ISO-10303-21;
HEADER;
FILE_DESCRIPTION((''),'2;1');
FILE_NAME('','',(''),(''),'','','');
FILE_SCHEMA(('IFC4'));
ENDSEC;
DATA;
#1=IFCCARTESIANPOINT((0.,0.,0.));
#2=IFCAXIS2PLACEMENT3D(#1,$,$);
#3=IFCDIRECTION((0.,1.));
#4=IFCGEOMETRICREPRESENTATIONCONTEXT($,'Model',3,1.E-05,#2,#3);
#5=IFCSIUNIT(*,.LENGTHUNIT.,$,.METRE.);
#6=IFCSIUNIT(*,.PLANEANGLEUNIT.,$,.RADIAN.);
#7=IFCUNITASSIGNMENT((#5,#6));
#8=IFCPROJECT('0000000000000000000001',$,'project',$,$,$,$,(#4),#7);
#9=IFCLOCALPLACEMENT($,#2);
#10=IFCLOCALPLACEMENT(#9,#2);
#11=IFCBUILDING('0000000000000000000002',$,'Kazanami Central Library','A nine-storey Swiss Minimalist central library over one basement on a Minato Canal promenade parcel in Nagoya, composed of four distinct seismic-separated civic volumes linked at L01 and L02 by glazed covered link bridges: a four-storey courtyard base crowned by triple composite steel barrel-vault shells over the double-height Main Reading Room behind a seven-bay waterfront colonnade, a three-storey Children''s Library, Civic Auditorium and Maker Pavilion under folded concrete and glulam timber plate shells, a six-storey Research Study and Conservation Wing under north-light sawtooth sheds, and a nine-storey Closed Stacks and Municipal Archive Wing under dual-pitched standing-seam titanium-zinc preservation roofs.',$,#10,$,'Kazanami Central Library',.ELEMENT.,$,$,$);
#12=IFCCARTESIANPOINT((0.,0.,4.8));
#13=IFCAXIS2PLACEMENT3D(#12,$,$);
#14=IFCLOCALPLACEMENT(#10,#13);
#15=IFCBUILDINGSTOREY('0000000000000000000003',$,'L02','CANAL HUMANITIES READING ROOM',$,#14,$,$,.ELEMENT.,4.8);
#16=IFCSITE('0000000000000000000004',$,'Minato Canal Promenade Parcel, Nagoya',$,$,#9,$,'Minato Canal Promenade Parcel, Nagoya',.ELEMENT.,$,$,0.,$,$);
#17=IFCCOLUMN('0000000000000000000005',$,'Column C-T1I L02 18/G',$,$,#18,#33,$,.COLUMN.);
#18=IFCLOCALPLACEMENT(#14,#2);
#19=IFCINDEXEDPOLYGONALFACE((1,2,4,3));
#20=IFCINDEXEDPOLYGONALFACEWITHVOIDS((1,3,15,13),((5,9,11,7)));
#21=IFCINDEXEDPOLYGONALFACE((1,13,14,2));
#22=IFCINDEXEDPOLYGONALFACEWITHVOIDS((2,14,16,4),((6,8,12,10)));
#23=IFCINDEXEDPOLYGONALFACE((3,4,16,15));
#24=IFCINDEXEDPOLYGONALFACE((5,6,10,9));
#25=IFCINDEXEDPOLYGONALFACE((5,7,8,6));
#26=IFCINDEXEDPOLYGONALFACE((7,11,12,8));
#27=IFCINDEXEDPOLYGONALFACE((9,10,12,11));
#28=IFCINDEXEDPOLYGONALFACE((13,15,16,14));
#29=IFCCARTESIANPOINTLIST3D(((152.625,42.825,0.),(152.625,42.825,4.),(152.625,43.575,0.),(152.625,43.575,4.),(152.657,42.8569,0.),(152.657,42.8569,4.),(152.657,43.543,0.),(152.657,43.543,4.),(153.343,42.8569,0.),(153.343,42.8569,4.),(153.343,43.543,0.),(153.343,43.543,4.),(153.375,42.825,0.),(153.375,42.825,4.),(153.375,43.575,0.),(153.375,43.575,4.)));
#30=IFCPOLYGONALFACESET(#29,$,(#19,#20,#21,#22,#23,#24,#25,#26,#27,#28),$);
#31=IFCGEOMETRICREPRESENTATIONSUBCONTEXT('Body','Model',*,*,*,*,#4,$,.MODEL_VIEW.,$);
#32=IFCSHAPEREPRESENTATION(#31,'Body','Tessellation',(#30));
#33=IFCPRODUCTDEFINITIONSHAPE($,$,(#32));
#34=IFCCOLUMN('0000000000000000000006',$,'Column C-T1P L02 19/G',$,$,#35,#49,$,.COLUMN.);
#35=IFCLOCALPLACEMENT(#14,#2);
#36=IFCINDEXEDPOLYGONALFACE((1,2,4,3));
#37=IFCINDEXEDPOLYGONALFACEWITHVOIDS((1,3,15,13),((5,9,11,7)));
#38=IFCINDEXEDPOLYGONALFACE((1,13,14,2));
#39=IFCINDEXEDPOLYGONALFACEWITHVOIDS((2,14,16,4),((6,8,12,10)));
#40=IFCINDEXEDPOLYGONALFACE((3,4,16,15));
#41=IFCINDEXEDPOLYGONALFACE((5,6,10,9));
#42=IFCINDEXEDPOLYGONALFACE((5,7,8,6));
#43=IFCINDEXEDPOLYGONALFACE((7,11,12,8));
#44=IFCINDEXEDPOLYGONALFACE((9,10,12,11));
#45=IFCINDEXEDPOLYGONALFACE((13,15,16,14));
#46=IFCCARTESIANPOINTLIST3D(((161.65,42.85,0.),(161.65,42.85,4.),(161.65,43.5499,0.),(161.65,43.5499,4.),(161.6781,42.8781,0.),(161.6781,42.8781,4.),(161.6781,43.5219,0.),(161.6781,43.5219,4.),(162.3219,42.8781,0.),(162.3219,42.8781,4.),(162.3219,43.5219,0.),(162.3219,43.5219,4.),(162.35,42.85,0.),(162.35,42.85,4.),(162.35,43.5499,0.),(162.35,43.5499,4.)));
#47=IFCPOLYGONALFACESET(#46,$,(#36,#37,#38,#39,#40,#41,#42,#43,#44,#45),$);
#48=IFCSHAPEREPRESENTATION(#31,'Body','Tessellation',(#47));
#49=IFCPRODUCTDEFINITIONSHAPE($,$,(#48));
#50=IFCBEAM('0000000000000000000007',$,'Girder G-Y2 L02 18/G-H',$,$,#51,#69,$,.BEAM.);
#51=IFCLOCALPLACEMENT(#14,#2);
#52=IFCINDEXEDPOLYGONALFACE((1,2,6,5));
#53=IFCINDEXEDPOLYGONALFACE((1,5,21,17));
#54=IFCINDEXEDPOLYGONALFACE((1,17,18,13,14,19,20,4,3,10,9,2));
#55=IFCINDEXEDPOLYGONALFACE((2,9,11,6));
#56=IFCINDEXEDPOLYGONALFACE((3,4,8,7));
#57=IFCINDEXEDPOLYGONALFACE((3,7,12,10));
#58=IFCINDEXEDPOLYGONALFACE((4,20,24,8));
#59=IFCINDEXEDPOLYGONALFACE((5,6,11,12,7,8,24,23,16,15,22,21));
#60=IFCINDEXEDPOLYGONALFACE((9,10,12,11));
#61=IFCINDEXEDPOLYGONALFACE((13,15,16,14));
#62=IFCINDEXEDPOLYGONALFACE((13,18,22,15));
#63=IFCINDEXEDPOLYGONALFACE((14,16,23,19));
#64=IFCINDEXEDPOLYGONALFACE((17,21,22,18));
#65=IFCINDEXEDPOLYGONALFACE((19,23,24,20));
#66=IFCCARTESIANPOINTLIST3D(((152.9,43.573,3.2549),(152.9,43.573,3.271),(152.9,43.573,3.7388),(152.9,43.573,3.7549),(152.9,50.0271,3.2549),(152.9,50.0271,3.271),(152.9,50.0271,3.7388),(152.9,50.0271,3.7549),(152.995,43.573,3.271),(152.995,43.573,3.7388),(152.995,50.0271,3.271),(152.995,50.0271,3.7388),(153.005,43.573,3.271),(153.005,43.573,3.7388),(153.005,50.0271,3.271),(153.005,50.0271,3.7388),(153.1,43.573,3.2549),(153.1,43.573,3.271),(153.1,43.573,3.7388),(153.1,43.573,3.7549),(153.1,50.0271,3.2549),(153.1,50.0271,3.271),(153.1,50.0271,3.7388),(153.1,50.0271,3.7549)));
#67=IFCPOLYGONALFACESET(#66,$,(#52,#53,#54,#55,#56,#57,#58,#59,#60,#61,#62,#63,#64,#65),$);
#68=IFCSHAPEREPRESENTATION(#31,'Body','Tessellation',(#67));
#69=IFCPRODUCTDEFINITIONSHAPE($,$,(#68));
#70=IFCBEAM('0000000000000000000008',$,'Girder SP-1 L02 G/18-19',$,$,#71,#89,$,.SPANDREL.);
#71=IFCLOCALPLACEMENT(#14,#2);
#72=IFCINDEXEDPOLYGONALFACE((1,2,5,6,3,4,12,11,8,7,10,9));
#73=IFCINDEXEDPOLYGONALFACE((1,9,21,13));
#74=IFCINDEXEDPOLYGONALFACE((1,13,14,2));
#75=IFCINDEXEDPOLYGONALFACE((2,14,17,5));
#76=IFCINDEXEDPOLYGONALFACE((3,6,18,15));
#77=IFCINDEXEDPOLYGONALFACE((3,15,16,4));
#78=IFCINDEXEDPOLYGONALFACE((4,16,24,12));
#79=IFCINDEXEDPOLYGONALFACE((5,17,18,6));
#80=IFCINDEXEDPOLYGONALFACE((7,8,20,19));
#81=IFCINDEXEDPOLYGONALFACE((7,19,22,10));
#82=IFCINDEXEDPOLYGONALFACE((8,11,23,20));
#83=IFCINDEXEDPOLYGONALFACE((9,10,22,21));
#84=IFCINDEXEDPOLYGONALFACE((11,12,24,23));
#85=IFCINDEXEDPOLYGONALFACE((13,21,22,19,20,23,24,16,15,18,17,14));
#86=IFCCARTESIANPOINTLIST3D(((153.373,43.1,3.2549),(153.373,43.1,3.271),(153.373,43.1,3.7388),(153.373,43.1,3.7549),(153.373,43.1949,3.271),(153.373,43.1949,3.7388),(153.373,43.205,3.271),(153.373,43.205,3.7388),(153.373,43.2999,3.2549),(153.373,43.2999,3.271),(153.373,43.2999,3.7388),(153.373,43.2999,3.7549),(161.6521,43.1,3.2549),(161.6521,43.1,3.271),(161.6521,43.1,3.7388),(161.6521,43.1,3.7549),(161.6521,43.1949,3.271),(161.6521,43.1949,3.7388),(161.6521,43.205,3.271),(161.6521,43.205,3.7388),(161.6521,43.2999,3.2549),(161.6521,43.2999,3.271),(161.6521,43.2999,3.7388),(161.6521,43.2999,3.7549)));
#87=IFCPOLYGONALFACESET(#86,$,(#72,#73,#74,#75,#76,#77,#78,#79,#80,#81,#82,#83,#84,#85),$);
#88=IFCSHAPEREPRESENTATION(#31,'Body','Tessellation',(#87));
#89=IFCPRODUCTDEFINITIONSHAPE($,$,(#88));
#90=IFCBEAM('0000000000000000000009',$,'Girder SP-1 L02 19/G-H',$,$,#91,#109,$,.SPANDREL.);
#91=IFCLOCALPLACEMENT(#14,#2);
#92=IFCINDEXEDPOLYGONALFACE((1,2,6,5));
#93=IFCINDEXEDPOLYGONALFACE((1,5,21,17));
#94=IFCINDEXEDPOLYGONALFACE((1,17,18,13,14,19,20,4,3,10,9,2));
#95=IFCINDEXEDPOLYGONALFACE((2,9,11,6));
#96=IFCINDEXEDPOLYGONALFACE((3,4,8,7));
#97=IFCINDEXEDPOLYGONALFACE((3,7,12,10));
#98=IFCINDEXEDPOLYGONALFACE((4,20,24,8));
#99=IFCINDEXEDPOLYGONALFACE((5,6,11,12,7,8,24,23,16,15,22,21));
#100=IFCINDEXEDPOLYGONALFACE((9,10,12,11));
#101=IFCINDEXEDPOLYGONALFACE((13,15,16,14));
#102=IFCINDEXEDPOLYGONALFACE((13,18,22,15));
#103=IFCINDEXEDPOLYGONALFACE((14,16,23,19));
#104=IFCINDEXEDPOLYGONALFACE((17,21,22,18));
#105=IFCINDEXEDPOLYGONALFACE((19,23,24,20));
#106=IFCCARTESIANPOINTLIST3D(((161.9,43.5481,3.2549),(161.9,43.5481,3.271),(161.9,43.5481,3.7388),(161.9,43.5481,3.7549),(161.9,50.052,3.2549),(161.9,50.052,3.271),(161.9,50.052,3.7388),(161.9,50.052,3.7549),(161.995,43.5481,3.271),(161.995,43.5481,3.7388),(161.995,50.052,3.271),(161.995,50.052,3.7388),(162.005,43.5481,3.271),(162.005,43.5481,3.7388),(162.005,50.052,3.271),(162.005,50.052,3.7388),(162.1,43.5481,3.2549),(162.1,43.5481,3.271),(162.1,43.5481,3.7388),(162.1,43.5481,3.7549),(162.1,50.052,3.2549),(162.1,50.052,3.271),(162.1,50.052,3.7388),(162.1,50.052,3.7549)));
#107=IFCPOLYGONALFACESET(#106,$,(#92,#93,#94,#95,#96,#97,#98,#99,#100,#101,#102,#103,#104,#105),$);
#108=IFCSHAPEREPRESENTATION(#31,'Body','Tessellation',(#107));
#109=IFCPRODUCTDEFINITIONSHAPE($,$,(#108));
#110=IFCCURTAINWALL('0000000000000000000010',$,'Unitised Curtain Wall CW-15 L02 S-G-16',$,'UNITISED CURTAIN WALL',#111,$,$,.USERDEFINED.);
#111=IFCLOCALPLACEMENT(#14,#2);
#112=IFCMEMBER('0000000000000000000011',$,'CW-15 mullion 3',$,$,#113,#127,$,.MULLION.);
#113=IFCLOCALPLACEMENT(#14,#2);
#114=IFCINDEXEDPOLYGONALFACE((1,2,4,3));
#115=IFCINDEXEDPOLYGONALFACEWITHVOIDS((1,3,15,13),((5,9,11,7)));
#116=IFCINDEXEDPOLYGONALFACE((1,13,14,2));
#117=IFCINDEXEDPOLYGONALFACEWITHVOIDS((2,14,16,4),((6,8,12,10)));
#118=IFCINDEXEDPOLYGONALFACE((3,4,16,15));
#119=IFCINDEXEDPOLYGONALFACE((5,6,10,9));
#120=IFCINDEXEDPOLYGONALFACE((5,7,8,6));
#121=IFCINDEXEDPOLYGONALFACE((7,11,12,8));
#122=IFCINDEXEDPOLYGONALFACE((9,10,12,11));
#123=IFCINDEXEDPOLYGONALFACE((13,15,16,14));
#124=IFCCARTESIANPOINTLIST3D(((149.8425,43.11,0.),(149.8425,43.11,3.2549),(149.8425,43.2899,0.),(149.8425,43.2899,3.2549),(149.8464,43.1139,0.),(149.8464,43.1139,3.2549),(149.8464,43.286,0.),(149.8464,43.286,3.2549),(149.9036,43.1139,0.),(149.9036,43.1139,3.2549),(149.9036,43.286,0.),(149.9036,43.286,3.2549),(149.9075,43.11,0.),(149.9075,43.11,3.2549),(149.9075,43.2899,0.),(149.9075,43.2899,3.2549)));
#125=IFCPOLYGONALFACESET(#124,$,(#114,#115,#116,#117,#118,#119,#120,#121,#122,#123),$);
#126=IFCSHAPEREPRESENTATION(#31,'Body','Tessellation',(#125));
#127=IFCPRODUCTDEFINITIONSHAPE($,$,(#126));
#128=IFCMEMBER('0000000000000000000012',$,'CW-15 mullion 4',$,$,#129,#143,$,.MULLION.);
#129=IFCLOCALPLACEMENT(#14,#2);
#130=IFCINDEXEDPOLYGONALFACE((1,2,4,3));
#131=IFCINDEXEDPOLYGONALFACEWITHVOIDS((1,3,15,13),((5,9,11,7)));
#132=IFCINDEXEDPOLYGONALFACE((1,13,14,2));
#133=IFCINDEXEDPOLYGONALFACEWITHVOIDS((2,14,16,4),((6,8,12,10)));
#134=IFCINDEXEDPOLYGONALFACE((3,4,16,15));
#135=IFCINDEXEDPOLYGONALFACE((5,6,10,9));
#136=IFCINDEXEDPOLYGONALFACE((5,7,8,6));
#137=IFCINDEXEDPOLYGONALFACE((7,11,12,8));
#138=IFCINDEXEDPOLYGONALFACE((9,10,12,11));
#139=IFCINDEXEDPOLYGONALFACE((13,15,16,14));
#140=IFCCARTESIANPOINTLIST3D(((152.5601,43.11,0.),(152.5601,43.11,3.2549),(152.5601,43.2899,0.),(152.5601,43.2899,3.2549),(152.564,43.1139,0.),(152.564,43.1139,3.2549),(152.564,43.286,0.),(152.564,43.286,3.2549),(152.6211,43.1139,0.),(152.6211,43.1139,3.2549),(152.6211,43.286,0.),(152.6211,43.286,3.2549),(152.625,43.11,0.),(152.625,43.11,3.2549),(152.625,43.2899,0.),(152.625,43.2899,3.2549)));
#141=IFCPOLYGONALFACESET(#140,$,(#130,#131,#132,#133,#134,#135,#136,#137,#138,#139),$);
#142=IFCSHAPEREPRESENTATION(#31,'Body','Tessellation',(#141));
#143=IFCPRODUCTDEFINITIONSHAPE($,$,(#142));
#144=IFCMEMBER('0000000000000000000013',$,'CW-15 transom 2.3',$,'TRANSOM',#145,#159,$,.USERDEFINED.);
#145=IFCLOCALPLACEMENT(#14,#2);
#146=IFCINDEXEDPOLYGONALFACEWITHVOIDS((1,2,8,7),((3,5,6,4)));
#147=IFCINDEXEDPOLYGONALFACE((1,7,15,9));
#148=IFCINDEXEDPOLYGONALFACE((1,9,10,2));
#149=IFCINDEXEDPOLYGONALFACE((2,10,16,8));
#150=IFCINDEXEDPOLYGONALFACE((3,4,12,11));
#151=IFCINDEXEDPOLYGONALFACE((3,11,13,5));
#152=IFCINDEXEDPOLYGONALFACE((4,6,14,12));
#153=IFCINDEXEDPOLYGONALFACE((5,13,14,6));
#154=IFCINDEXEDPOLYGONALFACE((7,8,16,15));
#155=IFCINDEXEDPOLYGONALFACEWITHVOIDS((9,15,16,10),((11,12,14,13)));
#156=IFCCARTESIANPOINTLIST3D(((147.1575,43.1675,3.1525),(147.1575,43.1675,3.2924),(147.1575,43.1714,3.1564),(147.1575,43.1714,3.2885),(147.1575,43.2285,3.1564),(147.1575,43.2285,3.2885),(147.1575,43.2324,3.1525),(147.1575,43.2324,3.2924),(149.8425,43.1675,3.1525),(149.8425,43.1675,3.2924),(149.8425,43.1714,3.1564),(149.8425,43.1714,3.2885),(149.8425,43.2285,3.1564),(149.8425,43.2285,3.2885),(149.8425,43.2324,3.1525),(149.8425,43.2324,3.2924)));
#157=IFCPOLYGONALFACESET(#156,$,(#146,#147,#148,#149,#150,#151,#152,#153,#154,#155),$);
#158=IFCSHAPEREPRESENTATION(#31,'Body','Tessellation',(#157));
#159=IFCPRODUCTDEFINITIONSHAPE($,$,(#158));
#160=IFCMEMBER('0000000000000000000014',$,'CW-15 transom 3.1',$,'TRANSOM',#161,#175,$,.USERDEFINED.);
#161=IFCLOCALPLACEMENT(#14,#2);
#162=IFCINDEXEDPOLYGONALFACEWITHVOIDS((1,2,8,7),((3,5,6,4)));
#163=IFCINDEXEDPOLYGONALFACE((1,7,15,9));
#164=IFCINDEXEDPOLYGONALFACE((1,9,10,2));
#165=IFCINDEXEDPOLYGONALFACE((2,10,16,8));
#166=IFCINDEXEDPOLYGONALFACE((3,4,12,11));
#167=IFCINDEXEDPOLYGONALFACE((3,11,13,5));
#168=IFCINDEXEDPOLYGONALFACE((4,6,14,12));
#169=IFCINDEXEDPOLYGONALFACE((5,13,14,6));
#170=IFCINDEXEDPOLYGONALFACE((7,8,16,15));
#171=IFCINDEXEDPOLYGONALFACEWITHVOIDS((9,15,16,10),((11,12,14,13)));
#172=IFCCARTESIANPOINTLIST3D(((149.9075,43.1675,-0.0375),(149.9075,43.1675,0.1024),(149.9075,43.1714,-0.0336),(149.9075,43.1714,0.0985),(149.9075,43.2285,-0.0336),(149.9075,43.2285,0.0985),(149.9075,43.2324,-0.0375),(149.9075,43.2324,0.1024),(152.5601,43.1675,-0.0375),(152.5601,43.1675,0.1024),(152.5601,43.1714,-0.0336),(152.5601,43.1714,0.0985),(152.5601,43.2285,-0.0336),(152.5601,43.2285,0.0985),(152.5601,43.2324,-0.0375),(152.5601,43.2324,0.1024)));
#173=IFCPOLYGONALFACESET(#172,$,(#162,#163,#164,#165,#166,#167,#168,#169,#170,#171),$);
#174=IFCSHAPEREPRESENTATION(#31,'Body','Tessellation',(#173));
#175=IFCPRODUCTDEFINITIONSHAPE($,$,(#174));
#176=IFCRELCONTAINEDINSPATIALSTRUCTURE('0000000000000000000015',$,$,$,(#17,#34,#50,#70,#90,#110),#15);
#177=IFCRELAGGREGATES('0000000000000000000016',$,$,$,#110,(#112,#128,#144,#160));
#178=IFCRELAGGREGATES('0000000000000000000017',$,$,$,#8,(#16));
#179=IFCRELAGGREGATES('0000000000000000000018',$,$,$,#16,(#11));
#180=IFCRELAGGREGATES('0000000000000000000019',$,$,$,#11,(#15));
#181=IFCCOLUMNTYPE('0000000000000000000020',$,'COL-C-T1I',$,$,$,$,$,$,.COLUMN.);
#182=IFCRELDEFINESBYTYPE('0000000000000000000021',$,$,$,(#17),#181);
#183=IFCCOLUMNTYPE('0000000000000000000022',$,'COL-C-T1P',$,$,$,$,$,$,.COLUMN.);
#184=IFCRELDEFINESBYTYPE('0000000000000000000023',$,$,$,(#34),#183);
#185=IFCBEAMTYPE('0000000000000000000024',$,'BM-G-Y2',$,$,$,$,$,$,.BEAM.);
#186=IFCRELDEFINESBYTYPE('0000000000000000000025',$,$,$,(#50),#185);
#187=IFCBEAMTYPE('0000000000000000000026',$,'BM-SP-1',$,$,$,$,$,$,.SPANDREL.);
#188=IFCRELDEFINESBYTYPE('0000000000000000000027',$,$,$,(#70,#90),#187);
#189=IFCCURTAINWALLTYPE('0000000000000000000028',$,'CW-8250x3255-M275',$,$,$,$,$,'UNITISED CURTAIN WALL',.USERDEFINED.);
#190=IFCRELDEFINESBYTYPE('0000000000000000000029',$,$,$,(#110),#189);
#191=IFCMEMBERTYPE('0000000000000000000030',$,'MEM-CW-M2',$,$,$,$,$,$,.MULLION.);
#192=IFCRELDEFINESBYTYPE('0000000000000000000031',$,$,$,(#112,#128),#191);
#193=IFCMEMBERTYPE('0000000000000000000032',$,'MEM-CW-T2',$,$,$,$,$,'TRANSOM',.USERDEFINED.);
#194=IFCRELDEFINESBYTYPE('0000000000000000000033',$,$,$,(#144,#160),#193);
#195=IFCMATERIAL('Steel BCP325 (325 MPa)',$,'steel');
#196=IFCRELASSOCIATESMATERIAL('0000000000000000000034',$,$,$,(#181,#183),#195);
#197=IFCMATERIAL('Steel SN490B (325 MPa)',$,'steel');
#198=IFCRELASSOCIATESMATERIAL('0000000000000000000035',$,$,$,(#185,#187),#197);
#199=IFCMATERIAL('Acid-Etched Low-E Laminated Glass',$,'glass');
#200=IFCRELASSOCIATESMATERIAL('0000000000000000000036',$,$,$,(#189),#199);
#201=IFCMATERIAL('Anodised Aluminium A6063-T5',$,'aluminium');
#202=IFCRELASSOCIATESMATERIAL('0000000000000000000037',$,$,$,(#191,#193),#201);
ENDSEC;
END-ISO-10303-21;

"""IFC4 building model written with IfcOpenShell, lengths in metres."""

from ifc_helpers import new_model, si_unit, direction, frame, origin, origin_2d, place, context, subcontext, project, spatial, hollow_rectangle, i_section, extrude, material, material_profile, profile_set, type_object, element, aggregate, save


model = new_model("IFC4")

# Units and contexts
model_context = context("Model", 3, precision=1e-05, world=origin(), true_north=direction((0.0, 1.0)))
body_context = subcontext(model_context, "Body", "Model", "MODEL_VIEW")
ifc_project = project(units=[si_unit("LENGTHUNIT", "METRE"), si_unit("PLANEANGLEUNIT", "RADIAN")], contexts=[model_context])

# Site, building, storey
site_placement = place(None, origin())
site = spatial("IfcSite", under=ifc_project, at=site_placement, Name="Minato Canal Promenade Parcel, Nagoya", LongName="Minato Canal Promenade Parcel, Nagoya", CompositionType="ELEMENT", RefElevation=0.0)
building_placement = place(site_placement, origin())
building = spatial("IfcBuilding", under=site, at=building_placement, Name="Kazanami Central Library", Description="A nine-storey Swiss Minimalist central library over one basement on a Minato Canal promenade parcel in Nagoya, composed of four distinct seismic-separated civic volumes linked at L01 and L02 by glazed covered link bridges: a four-storey courtyard base crowned by triple composite steel barrel-vault shells over the double-height Main Reading Room behind a seven-bay waterfront colonnade, a three-storey Children's Library, Civic Auditorium and Maker Pavilion under folded concrete and glulam timber plate shells, a six-storey Research Study and Conservation Wing under north-light sawtooth sheds, and a nine-storey Closed Stacks and Municipal Archive Wing under dual-pitched standing-seam titanium-zinc preservation roofs.", LongName="Kazanami Central Library", CompositionType="ELEMENT")
storey_placement = place(building_placement, frame((0.0, 0.0, 4.8)))
storey = spatial("IfcBuildingStorey", under=building, at=storey_placement, Name="L02", Description="CANAL HUMANITIES READING ROOM", CompositionType="ELEMENT", Elevation=4.8)

# Columns
ifc_material_1 = material(Name="Steel BCP325 (325 MPa)", Category="steel")
ifc_material_profile_1 = material_profile(ifc_material_1, hollow_rectangle(XDim=0.75, YDim=0.75, WallThickness=0.032, at=origin_2d()), Name="BCP-750x750x32")
ifc_profile_set_1 = profile_set([ifc_material_profile_1], Name="Steel BCP325 (325 MPa)")
column_type_1 = type_object("IfcColumnType", Name="COL-C-T1I", PredefinedType="COLUMN", material=ifc_profile_set_1)
column_1_placement = place(storey_placement, frame((153.0, 43.2, 0.0), z_axis=(0.0, 0.0, 1.0), x_axis=(1.0, 0.0, 0.0)))
element("IfcColumn", 1, at=column_1_placement, inside=storey, type_object=column_type_1, Name="Column C-T1I L02 18/G", PredefinedType="COLUMN", context=body_context, shape_type="SweptSolid", body=[
    extrude(hollow_rectangle(XDim=0.75, YDim=0.75, WallThickness=0.032, at=origin_2d()), origin(), (0.0, 0.0, 1.0), 4.0),
])
ifc_material_profile_2 = material_profile(ifc_material_1, hollow_rectangle(XDim=0.7, YDim=0.7, WallThickness=0.0281, at=origin_2d()), Name="BCP-700x700x28")
ifc_profile_set_2 = profile_set([ifc_material_profile_2], Name="Steel BCP325 (325 MPa)")
column_type_2 = type_object("IfcColumnType", Name="COL-C-T1P", PredefinedType="COLUMN", material=ifc_profile_set_2)
column_2_placement = place(storey_placement, frame((162.0, 43.2, 0.0), z_axis=(0.0, 0.0, 1.0), x_axis=(1.0, 0.0, 0.0)))
element("IfcColumn", 2, at=column_2_placement, inside=storey, type_object=column_type_2, Name="Column C-T1P L02 19/G", PredefinedType="COLUMN", context=body_context, shape_type="SweptSolid", body=[
    extrude(hollow_rectangle(XDim=0.7, YDim=0.7, WallThickness=0.0281, at=origin_2d()), origin(), (0.0, 0.0, 1.0), 4.0),
])

# Beams
ifc_material_2 = material(Name="Steel SN490B (325 MPa)", Category="steel")
ifc_material_profile_3 = material_profile(ifc_material_2, i_section(OverallWidth=0.2, OverallDepth=0.5, WebThickness=0.01, FlangeThickness=0.0161, at=origin_2d()), Name="H-500x200x10x16")
ifc_profile_set_3 = profile_set([ifc_material_profile_3], Name="Steel SN490B (325 MPa)")
beam_type_1 = type_object("IfcBeamType", Name="BM-G-Y2", PredefinedType="BEAM", material=ifc_profile_set_3)
beam_1_placement = place(storey_placement, frame((153.0, 43.573, 3.5049), z_axis=(0.0, 1.0, 0.0), x_axis=(-1.0, 0.0, 0.0)))
element("IfcBeam", 3, at=beam_1_placement, inside=storey, type_object=beam_type_1, Name="Girder G-Y2 L02 18/G-H", PredefinedType="BEAM", context=body_context, shape_type="SweptSolid", body=[
    extrude(i_section(OverallWidth=0.2, OverallDepth=0.5, WebThickness=0.01, FlangeThickness=0.0161, at=origin_2d()), origin(), (0.0, 0.0, 1.0), 6.4541),
])
ifc_material_profile_4 = material_profile(ifc_material_2, i_section(OverallWidth=0.2, OverallDepth=0.5, WebThickness=0.01, FlangeThickness=0.0161, at=origin_2d()), Name="H-500x200x10x16")
ifc_profile_set_4 = profile_set([ifc_material_profile_4], Name="Steel SN490B (325 MPa)")
beam_type_2 = type_object("IfcBeamType", Name="BM-SP-1", PredefinedType="SPANDREL", material=ifc_profile_set_4)
beam_2_placement = place(storey_placement, frame((153.373, 43.2, 3.5049), z_axis=(1.0, 0.0, 0.0), x_axis=(0.0, 1.0, 0.0)))
element("IfcBeam", 4, at=beam_2_placement, inside=storey, type_object=beam_type_2, Name="Girder SP-1 L02 G/18-19", PredefinedType="SPANDREL", context=body_context, shape_type="SweptSolid", body=[
    extrude(i_section(OverallWidth=0.2, OverallDepth=0.5, WebThickness=0.01, FlangeThickness=0.0161, at=origin_2d()), origin(), (0.0, 0.0, 1.0), 8.2791),
])
beam_3_placement = place(storey_placement, frame((162.0, 43.5481, 3.5049), z_axis=(0.0, 1.0, 0.0), x_axis=(-1.0, 0.0, 0.0)))
element("IfcBeam", 5, at=beam_3_placement, inside=storey, type_object=beam_type_2, Name="Girder SP-1 L02 19/G-H", PredefinedType="SPANDREL", context=body_context, shape_type="SweptSolid", body=[
    extrude(i_section(OverallWidth=0.2, OverallDepth=0.5, WebThickness=0.01, FlangeThickness=0.0161, at=origin_2d()), origin(), (0.0, 0.0, 1.0), 6.5039),
])

# Curtain wall, members
ifc_material_3 = material(Name="Acid-Etched Low-E Laminated Glass", Category="glass")
curtain_wall_type = type_object("IfcCurtainWallType", Name="CW-8250x3255-M275", ElementType="UNITISED CURTAIN WALL", PredefinedType="USERDEFINED", material=ifc_material_3)
curtain_wall_placement = place(storey_placement, origin())
curtain_wall = element("IfcCurtainWall", 6, at=curtain_wall_placement, inside=storey, type_object=curtain_wall_type, Name="Unitised Curtain Wall CW-15 L02 S-G-16", ObjectType="UNITISED CURTAIN WALL", PredefinedType="USERDEFINED")
ifc_material_4 = material(Name="Anodised Aluminium A6063-T5", Category="aluminium")
ifc_material_profile_5 = material_profile(ifc_material_4, hollow_rectangle(XDim=0.0649, YDim=0.1799, WallThickness=0.0039, at=origin_2d()), Name="ALU-MULL-65x180x4")
ifc_profile_set_5 = profile_set([ifc_material_profile_5], Name="Anodised Aluminium A6063-T5")
member_type_1 = type_object("IfcMemberType", Name="MEM-CW-M2", PredefinedType="MULLION", material=ifc_profile_set_5)
member_1_placement = place(storey_placement, frame((149.875, 43.2, 0.0), z_axis=(0.0, 0.0, 1.0), x_axis=(1.0, 0.0, 0.0)))
member_1 = element("IfcMember", 7, at=member_1_placement, type_object=member_type_1, Name="CW-15 mullion 3", PredefinedType="MULLION", context=body_context, shape_type="SweptSolid", body=[
    extrude(hollow_rectangle(XDim=0.0649, YDim=0.1799, WallThickness=0.0039, at=origin_2d()), origin(), (0.0, 0.0, 1.0), 3.2549),
])
member_2_placement = place(storey_placement, frame((152.5925, 43.2, 0.0), z_axis=(0.0, 0.0, 1.0), x_axis=(1.0, 0.0, 0.0)))
member_2 = element("IfcMember", 8, at=member_2_placement, type_object=member_type_1, Name="CW-15 mullion 4", PredefinedType="MULLION", context=body_context, shape_type="SweptSolid", body=[
    extrude(hollow_rectangle(XDim=0.0649, YDim=0.1799, WallThickness=0.0039, at=origin_2d()), origin(), (0.0, 0.0, 1.0), 3.2549),
])
ifc_material_profile_6 = material_profile(ifc_material_4, hollow_rectangle(XDim=0.0649, YDim=0.1399, WallThickness=0.0039, at=origin_2d()), Name="ALU-TRAN-65x140x4")
ifc_profile_set_6 = profile_set([ifc_material_profile_6], Name="Anodised Aluminium A6063-T5")
member_type_2 = type_object("IfcMemberType", Name="MEM-CW-T2", ElementType="TRANSOM", PredefinedType="USERDEFINED", material=ifc_profile_set_6)
member_3_placement = place(storey_placement, frame((147.1575, 43.2, 3.2224), z_axis=(1.0, 0.0, 0.0), x_axis=(0.0, 1.0, 0.0)))
member_3 = element("IfcMember", 9, at=member_3_placement, type_object=member_type_2, Name="CW-15 transom 2.3", ObjectType="TRANSOM", PredefinedType="USERDEFINED", context=body_context, shape_type="SweptSolid", body=[
    extrude(hollow_rectangle(XDim=0.0649, YDim=0.1399, WallThickness=0.0039, at=origin_2d()), origin(), (0.0, 0.0, 1.0), 2.6851),
])
member_4_placement = place(storey_placement, frame((149.9075, 43.2, 0.0325), z_axis=(1.0, 0.0, 0.0), x_axis=(0.0, 1.0, 0.0)))
member_4 = element("IfcMember", 10, at=member_4_placement, type_object=member_type_2, Name="CW-15 transom 3.1", ObjectType="TRANSOM", PredefinedType="USERDEFINED", context=body_context, shape_type="SweptSolid", body=[
    extrude(hollow_rectangle(XDim=0.0649, YDim=0.1399, WallThickness=0.0039, at=origin_2d()), origin(), (0.0, 0.0, 1.0), 2.6526),
])
aggregate(curtain_wall, [member_1, member_2, member_3, member_4])

save(model, "model.ifc")
